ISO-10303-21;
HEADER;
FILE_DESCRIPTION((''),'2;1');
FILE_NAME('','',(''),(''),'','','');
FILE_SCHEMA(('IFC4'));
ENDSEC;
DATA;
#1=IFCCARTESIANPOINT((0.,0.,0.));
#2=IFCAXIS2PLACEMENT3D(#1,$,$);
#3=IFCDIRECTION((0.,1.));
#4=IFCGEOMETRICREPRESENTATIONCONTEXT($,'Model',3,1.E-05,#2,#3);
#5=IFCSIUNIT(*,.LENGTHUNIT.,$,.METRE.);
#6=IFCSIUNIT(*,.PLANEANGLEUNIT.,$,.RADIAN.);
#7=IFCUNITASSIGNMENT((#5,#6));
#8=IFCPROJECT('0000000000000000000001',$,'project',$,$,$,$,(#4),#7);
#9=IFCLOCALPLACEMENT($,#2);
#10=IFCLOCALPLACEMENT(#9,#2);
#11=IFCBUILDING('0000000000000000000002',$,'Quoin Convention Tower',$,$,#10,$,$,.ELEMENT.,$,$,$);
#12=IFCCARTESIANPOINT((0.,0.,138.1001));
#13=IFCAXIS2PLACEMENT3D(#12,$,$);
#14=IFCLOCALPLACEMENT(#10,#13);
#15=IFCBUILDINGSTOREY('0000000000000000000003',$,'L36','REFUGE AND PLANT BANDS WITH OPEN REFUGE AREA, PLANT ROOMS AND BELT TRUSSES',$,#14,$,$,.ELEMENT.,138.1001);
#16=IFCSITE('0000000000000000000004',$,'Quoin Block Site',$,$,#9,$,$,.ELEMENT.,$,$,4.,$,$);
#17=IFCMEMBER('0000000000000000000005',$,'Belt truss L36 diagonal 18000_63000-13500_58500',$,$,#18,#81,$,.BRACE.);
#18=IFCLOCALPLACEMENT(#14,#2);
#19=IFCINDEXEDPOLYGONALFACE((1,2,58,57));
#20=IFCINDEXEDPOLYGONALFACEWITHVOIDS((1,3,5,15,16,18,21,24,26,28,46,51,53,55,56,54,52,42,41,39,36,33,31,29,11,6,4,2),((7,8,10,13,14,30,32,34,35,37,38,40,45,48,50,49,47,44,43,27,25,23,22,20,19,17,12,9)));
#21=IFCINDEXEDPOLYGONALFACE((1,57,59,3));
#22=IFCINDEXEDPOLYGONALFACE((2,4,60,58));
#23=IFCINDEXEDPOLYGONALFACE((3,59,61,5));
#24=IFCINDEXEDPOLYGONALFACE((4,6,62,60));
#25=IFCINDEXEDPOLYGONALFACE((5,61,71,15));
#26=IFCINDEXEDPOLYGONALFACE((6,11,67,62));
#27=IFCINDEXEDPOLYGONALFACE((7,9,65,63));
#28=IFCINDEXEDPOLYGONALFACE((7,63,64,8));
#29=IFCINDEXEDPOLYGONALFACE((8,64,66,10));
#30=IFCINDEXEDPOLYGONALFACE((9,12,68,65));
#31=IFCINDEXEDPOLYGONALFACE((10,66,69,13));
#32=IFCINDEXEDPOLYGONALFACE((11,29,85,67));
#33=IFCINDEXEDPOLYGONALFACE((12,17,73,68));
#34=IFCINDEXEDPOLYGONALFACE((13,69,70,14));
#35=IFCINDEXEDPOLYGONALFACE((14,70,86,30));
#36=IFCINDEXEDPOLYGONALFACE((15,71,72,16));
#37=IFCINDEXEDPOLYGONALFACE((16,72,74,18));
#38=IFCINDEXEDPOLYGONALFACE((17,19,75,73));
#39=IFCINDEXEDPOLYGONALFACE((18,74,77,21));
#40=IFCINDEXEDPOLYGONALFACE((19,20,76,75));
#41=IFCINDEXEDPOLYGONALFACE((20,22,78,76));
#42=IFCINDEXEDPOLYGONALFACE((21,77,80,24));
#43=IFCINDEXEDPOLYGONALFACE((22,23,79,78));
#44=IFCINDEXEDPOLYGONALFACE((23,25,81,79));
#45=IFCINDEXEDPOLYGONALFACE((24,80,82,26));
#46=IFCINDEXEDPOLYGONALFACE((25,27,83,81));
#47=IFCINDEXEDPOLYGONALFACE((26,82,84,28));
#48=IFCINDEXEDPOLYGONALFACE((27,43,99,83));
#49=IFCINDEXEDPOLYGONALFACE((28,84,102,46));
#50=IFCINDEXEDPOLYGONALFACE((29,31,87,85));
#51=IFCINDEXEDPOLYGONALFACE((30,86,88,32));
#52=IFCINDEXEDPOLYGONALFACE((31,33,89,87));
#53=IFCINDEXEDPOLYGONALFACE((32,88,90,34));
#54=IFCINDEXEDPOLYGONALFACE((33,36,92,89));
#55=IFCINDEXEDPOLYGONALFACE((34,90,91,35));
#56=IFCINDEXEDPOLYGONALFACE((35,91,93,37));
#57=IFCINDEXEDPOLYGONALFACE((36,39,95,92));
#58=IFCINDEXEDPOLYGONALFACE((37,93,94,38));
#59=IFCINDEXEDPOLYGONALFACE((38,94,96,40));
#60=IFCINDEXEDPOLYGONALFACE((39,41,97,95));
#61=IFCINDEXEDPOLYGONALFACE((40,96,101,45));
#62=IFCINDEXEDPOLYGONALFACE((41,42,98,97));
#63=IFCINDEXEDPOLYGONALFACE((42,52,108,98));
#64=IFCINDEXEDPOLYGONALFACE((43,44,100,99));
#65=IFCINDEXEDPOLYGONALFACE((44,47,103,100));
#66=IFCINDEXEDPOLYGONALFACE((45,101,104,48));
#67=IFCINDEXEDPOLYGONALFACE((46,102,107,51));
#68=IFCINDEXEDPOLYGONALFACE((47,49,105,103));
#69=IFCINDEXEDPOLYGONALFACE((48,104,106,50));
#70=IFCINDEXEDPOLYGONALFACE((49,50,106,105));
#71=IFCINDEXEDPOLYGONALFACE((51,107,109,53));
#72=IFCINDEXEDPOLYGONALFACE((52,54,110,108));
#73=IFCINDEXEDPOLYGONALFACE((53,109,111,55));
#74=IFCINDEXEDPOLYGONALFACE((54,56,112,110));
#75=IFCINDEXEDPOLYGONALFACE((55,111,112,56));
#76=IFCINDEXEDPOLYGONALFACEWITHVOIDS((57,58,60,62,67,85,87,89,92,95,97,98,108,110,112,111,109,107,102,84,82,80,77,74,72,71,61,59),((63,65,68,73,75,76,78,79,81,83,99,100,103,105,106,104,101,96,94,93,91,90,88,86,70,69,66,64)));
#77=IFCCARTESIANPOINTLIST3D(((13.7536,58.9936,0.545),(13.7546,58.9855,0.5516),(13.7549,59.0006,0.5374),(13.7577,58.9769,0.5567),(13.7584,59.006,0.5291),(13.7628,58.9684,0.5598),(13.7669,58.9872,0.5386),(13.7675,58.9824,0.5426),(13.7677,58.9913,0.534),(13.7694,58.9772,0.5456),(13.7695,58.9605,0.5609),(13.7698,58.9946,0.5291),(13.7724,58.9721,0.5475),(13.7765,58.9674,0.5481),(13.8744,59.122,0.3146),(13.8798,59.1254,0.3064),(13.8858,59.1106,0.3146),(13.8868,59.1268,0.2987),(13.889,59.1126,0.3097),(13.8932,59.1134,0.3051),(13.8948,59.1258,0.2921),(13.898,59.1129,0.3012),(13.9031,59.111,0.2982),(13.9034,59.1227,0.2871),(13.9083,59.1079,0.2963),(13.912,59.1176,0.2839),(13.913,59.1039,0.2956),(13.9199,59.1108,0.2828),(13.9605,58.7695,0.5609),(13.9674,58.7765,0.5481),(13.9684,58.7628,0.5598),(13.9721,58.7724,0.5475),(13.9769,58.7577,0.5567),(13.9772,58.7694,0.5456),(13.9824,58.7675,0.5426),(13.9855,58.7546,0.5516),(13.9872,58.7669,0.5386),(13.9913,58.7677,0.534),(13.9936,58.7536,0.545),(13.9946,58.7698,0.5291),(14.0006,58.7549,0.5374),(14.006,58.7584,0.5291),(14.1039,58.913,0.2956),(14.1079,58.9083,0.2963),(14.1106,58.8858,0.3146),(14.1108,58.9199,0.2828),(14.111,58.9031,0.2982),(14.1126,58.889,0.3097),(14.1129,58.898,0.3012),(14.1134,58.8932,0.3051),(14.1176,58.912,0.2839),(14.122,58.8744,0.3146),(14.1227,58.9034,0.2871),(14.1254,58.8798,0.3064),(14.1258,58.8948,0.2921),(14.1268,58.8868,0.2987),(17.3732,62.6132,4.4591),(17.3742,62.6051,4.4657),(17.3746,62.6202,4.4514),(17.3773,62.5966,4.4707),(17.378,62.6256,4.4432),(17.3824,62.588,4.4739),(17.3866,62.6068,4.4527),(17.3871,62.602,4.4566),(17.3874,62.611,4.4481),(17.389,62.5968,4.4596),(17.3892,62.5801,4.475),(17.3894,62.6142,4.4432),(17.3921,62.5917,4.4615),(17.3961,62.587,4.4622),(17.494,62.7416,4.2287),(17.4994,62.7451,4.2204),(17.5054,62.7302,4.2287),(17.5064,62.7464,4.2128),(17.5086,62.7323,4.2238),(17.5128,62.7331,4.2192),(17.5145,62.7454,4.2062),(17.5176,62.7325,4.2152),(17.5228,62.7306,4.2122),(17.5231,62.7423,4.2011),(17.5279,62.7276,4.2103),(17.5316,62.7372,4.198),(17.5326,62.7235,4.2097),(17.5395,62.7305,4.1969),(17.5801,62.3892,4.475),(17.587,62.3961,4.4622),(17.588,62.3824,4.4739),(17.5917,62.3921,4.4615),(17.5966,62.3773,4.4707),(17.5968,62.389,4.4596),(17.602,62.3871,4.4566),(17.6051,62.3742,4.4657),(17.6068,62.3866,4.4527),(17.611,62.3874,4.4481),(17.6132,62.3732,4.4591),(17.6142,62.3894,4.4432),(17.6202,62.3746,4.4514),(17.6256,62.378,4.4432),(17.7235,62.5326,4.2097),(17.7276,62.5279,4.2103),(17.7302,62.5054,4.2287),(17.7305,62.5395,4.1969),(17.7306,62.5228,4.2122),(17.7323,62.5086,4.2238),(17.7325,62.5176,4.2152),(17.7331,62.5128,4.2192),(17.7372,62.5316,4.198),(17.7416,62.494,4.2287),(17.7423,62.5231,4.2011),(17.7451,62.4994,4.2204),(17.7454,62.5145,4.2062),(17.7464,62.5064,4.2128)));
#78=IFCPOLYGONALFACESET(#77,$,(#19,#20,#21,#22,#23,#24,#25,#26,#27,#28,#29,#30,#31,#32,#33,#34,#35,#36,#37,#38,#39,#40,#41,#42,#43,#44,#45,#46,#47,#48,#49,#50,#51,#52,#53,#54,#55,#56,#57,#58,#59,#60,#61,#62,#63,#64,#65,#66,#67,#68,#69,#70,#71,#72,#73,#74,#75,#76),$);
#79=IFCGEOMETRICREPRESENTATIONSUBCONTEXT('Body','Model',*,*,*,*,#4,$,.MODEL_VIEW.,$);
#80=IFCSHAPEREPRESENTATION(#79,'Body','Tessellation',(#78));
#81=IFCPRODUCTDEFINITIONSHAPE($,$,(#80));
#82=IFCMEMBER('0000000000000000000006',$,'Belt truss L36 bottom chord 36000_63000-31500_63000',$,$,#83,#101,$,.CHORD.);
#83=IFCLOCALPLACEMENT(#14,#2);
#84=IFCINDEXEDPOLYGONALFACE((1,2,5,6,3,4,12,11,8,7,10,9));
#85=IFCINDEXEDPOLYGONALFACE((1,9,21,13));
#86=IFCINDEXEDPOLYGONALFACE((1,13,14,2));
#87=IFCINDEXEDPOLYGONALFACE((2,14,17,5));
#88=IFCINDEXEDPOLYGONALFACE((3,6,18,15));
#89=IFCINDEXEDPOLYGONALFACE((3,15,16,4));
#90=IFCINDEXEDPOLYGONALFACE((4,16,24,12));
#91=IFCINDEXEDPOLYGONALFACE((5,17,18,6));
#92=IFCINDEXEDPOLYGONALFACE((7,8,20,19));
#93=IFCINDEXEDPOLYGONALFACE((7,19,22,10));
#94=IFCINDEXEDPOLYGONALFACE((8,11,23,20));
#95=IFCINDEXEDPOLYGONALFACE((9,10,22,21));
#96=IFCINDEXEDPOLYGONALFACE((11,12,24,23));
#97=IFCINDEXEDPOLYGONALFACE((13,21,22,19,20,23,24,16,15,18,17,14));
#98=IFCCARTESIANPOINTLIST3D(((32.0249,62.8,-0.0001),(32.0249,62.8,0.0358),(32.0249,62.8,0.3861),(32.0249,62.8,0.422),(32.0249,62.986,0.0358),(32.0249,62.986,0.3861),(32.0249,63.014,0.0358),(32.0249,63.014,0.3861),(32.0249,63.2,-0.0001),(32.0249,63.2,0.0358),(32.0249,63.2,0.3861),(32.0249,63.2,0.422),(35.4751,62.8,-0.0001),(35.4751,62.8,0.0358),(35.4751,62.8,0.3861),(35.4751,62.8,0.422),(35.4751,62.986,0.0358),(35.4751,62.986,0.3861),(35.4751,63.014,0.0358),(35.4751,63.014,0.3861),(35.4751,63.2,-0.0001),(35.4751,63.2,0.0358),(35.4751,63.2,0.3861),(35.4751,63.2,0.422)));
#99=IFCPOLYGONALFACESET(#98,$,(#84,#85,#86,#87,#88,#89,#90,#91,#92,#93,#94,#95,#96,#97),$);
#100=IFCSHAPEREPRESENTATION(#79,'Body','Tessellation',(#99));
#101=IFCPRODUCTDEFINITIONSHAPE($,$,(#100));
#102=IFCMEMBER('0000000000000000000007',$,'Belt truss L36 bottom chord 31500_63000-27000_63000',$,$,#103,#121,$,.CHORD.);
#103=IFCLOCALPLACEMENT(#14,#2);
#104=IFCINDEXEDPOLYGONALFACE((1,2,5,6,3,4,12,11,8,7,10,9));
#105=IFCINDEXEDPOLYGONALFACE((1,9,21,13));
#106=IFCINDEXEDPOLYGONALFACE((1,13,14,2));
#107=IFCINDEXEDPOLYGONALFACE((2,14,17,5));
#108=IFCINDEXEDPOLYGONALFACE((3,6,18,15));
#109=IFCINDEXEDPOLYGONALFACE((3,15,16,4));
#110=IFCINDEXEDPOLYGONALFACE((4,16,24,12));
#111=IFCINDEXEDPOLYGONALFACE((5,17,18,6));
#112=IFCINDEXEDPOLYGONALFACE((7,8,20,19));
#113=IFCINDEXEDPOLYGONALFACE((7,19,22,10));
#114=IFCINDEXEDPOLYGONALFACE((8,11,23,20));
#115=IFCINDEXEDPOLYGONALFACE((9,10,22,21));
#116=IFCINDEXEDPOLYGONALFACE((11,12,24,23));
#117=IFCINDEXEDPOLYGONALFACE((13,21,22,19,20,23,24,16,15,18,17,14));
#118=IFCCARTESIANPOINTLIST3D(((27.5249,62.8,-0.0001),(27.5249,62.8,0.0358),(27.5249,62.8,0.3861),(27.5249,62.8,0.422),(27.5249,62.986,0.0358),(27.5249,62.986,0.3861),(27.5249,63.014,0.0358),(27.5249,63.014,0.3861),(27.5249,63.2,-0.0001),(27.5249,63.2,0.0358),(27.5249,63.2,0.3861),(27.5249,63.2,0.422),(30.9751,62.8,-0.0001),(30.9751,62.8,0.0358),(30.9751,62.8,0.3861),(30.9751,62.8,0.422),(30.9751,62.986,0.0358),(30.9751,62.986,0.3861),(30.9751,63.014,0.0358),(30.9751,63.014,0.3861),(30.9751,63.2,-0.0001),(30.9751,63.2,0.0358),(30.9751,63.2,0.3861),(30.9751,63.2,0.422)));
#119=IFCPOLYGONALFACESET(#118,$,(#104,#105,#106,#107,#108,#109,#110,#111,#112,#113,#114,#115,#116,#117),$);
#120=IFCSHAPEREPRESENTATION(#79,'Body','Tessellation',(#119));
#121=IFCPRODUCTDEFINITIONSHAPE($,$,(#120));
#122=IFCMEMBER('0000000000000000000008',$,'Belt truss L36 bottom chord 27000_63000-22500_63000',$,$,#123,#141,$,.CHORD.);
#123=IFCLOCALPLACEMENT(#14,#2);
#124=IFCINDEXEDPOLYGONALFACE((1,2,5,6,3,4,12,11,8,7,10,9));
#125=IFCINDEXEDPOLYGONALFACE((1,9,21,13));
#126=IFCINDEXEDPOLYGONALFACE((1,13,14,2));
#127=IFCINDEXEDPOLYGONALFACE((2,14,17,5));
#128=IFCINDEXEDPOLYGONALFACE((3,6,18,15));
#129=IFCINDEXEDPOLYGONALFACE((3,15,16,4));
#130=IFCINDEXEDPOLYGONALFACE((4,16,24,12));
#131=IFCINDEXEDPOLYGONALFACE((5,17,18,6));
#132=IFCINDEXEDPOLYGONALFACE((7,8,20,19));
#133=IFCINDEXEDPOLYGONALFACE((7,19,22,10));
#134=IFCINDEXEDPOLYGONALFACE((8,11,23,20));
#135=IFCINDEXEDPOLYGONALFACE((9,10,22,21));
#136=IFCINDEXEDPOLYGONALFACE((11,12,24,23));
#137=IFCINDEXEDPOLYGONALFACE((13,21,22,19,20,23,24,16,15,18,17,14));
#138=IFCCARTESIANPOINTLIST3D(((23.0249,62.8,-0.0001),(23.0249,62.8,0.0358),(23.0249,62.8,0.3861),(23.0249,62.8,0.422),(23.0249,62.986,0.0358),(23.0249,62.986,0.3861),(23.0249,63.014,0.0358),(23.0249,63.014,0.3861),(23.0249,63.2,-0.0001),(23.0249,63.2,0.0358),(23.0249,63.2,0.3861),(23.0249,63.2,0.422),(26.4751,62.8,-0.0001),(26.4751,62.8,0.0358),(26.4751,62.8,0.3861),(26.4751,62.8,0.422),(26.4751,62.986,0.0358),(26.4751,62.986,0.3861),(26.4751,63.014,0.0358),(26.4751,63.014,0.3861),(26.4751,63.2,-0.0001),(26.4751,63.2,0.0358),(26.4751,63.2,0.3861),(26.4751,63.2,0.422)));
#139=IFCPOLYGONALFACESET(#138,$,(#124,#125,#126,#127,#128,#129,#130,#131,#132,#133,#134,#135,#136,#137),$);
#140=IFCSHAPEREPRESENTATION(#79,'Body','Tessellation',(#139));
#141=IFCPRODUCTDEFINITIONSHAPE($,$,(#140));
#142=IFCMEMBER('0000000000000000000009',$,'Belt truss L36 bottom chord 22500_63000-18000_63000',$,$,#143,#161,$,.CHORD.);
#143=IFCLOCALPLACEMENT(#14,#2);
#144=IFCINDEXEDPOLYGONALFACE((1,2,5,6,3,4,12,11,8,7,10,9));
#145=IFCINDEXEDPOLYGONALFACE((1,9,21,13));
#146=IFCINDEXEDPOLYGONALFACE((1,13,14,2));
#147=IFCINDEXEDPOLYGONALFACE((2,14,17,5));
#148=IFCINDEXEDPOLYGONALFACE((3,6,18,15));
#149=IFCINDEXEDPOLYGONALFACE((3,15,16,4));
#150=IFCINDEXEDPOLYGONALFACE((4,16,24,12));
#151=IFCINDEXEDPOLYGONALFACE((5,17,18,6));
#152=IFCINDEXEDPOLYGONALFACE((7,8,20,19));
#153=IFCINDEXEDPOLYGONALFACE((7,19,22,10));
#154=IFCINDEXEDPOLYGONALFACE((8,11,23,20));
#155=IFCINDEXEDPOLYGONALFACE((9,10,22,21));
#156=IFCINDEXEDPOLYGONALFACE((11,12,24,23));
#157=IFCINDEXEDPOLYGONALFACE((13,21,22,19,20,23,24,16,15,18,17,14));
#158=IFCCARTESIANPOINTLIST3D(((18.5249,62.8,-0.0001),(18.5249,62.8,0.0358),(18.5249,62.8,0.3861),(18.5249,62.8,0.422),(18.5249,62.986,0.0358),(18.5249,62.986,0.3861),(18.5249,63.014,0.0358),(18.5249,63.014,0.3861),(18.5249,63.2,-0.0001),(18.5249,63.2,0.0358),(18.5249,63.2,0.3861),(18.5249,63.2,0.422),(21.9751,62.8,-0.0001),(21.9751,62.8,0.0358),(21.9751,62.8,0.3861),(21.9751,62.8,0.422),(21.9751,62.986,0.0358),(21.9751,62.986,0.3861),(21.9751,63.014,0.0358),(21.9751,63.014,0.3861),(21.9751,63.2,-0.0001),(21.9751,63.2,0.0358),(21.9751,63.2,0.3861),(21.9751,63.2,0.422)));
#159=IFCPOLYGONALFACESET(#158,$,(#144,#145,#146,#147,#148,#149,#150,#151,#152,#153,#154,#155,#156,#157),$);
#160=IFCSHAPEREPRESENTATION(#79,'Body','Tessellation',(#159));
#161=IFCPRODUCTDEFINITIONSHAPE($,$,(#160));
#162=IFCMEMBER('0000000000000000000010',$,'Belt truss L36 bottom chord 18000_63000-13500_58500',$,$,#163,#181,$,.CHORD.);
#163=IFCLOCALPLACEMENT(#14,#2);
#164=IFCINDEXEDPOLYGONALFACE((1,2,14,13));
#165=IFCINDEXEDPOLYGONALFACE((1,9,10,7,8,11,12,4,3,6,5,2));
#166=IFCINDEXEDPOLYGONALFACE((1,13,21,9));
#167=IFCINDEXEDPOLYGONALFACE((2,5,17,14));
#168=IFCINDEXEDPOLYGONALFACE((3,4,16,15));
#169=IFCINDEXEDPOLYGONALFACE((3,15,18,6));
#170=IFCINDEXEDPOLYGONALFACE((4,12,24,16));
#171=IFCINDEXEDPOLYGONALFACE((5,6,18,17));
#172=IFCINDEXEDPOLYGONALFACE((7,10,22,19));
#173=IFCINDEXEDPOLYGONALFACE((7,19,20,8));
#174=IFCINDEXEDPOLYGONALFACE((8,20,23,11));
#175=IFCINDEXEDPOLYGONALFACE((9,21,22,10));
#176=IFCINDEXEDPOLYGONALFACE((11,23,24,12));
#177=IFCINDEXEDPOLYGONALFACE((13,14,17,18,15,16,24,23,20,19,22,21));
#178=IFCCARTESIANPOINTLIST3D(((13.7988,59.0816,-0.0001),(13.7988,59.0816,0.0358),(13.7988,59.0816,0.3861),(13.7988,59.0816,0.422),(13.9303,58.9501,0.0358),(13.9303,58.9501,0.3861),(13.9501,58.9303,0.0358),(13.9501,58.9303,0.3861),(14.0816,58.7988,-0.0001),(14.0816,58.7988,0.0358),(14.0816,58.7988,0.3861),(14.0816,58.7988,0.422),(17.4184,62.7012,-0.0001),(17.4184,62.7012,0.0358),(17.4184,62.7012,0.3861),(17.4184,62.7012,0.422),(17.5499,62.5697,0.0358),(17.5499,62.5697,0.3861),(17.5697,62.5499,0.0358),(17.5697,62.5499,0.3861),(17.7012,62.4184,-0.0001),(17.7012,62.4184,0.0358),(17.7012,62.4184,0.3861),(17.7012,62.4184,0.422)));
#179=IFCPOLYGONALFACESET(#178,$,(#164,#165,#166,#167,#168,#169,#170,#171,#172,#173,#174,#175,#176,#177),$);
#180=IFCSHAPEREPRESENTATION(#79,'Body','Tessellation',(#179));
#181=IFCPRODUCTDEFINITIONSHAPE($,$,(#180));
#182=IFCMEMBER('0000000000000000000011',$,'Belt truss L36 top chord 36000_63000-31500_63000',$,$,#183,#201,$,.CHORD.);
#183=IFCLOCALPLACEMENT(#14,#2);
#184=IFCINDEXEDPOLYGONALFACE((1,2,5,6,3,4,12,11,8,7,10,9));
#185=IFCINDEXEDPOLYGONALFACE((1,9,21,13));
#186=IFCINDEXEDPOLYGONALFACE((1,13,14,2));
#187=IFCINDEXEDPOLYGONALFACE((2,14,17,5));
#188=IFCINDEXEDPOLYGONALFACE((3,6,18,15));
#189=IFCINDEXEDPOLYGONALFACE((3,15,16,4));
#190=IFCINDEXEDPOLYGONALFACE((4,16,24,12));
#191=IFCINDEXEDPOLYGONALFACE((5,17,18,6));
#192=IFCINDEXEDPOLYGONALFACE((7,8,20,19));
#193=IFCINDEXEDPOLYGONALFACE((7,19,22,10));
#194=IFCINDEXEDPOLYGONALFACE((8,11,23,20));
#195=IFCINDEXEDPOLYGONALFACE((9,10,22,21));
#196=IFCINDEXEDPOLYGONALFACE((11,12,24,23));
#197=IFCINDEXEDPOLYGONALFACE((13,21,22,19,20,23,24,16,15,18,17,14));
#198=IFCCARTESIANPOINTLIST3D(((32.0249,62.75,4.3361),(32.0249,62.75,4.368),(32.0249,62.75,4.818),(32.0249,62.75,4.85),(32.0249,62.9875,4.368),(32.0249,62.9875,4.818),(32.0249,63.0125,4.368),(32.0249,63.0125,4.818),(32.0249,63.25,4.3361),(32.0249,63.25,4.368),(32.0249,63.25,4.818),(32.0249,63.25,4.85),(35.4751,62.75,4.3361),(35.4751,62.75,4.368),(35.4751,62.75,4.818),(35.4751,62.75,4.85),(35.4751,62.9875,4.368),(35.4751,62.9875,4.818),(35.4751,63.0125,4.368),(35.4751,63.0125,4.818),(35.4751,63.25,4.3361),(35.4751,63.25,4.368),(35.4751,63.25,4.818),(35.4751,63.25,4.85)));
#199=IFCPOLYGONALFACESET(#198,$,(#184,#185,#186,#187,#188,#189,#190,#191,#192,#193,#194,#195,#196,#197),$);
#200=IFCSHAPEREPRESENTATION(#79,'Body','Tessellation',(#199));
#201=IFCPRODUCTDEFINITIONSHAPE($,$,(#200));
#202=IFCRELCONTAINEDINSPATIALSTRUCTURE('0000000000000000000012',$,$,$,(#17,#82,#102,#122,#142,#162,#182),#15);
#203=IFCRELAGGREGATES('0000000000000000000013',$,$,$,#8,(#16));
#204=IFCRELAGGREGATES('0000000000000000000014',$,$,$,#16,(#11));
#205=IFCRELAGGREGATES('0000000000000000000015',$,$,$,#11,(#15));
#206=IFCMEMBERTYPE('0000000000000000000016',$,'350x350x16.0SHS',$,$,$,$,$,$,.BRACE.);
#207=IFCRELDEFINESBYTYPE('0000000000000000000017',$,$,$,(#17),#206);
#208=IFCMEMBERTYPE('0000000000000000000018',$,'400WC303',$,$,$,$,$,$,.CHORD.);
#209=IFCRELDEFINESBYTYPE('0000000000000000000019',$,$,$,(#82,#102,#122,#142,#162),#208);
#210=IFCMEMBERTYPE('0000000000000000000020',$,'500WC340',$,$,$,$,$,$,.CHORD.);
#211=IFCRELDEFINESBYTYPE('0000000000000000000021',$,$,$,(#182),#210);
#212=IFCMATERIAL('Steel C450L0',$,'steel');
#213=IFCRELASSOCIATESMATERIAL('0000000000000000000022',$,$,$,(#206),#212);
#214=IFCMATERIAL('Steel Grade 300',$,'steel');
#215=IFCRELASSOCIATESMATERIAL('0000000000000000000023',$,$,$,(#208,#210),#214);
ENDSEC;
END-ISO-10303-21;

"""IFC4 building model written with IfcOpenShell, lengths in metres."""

from ifc_helpers import new_model, si_unit, direction, frame, origin, origin_2d, place, context, subcontext, project, spatial, hollow_rectangle, i_section, extrude, material, material_profile, profile_set, type_object, element, save


model = new_model("IFC4")

# Units and contexts
model_context = context("Model", 3, precision=1e-05, world=origin(), true_north=direction((0.0, 1.0)))
body_context = subcontext(model_context, "Body", "Model", "MODEL_VIEW")
ifc_project = project(units=[si_unit("LENGTHUNIT", "METRE"), si_unit("PLANEANGLEUNIT", "RADIAN")], contexts=[model_context])

# Site, building, storey
site_placement = place(None, origin())
site = spatial("IfcSite", under=ifc_project, at=site_placement, Name="Quoin Block Site", CompositionType="ELEMENT", RefElevation=4.0)
building_placement = place(site_placement, origin())
building = spatial("IfcBuilding", under=site, at=building_placement, Name="Quoin Convention Tower", CompositionType="ELEMENT")
storey_placement = place(building_placement, frame((0.0, 0.0, 138.1001)))
storey = spatial("IfcBuildingStorey", under=building, at=storey_placement, Name="L36", Description="REFUGE AND PLANT BANDS WITH OPEN REFUGE AREA, PLANT ROOMS AND BELT TRUSSES", CompositionType="ELEMENT", Elevation=138.1001)

# Shared definitions
ifc_material_1 = material(Name="Steel Grade 300", Category="steel")
ifc_material_2 = material(Name="Steel C450L0", Category="steel")

# Members
ifc_material_profile_1 = material_profile(ifc_material_2, hollow_rectangle(XDim=0.3501, YDim=0.3501, WallThickness=0.0161, InnerFilletRadius=0.0239, OuterFilletRadius=0.04, at=origin_2d()), Name="350x350x16.0SHS")
ifc_profile_set_1 = profile_set([ifc_material_profile_1], Name="Steel C450L0")
member_type_1 = type_object("IfcMemberType", Name="350x350x16.0SHS", PredefinedType="BRACE", material=ifc_profile_set_1)
member_1_placement = place(storey_placement, frame((13.9402, 58.9402, 0.4219), z_axis=(0.561718, 0.561718, 0.60741), x_axis=(-0.707107, 0.707107, 0.0)))
element("IfcMember", 1, at=member_1_placement, inside=storey, type_object=member_type_1, Name="Belt truss L36 diagonal 18000_63000-13500_58500", PredefinedType="BRACE", context=body_context, shape_type="SweptSolid", body=[
    extrude(hollow_rectangle(XDim=0.3501, YDim=0.3501, WallThickness=0.0161, InnerFilletRadius=0.0239, OuterFilletRadius=0.04, at=origin_2d()), origin(), (0.0, 0.0, 1.0), 6.4438),
])
ifc_material_profile_2 = material_profile(ifc_material_1, i_section(OverallWidth=0.3999, OverallDepth=0.4221, WebThickness=0.0281, FlangeThickness=0.0359, at=origin_2d()), Name="400WC303")
ifc_profile_set_2 = profile_set([ifc_material_profile_2], Name="Steel Grade 300")
member_type_2 = type_object("IfcMemberType", Name="400WC303", PredefinedType="CHORD", material=ifc_profile_set_2)
for number, where, z_axis, x_axis, name in (
    (2, (35.4751, 63.0, 0.2109), (-1.0, 0.0, 0.0), (0.0, -1.0, 0.0), "Belt truss L36 bottom chord 36000_63000-31500_63000"),
    (3, (30.9751, 63.0, 0.2109), (-1.0, 0.0, 0.0), (0.0, -1.0, 0.0), "Belt truss L36 bottom chord 31500_63000-27000_63000"),
    (4, (26.4751, 63.0, 0.2109), (-1.0, 0.0, 0.0), (0.0, -1.0, 0.0), "Belt truss L36 bottom chord 27000_63000-22500_63000"),
    (5, (21.9751, 63.0, 0.2109), (-1.0, 0.0, 0.0), (0.0, -1.0, 0.0), "Belt truss L36 bottom chord 22500_63000-18000_63000"),
):
    element("IfcMember", number, at=place(storey_placement, frame(where, z_axis=z_axis, x_axis=x_axis)), inside=storey, type_object=member_type_2, Name=name, PredefinedType="CHORD", context=body_context, shape_type="SweptSolid", body=[
        extrude(i_section(OverallWidth=0.3999, OverallDepth=0.4221, WebThickness=0.0281, FlangeThickness=0.0359, at=origin_2d()), origin(), (0.0, 0.0, 1.0), 3.4502),
    ])
member_2_placement = place(storey_placement, frame((17.5598, 62.5598, 0.2109), z_axis=(-0.707107, -0.707107, 0.0), x_axis=(0.707107, -0.707107, 0.0)))
element("IfcMember", 6, at=member_2_placement, inside=storey, type_object=member_type_2, Name="Belt truss L36 bottom chord 18000_63000-13500_58500", PredefinedType="CHORD", context=body_context, shape_type="SweptSolid", body=[
    extrude(i_section(OverallWidth=0.3999, OverallDepth=0.4221, WebThickness=0.0281, FlangeThickness=0.0359, at=origin_2d()), origin(), (0.0, 0.0, 1.0), 5.1189),
])
ifc_material_profile_3 = material_profile(ifc_material_1, i_section(OverallWidth=0.5, OverallDepth=0.5139, WebThickness=0.0249, FlangeThickness=0.032, at=origin_2d()), Name="500WC340")
ifc_profile_set_3 = profile_set([ifc_material_profile_3], Name="Steel Grade 300")
member_type_3 = type_object("IfcMemberType", Name="500WC340", PredefinedType="CHORD", material=ifc_profile_set_3)
for number, where, z_axis, x_axis, name in (
    (7, (35.4751, 63.0, 4.593), (-1.0, 0.0, 0.0), (0.0, -1.0, 0.0), "Belt truss L36 top chord 36000_63000-31500_63000"),
):
    element("IfcMember", number, at=place(storey_placement, frame(where, z_axis=z_axis, x_axis=x_axis)), inside=storey, type_object=member_type_3, Name=name, PredefinedType="CHORD", context=body_context, shape_type="SweptSolid", body=[
        extrude(i_section(OverallWidth=0.5, OverallDepth=0.5139, WebThickness=0.0249, FlangeThickness=0.032, at=origin_2d()), origin(), (0.0, 0.0, 1.0), 3.4502),
    ])

save(model, "model.ifc")
